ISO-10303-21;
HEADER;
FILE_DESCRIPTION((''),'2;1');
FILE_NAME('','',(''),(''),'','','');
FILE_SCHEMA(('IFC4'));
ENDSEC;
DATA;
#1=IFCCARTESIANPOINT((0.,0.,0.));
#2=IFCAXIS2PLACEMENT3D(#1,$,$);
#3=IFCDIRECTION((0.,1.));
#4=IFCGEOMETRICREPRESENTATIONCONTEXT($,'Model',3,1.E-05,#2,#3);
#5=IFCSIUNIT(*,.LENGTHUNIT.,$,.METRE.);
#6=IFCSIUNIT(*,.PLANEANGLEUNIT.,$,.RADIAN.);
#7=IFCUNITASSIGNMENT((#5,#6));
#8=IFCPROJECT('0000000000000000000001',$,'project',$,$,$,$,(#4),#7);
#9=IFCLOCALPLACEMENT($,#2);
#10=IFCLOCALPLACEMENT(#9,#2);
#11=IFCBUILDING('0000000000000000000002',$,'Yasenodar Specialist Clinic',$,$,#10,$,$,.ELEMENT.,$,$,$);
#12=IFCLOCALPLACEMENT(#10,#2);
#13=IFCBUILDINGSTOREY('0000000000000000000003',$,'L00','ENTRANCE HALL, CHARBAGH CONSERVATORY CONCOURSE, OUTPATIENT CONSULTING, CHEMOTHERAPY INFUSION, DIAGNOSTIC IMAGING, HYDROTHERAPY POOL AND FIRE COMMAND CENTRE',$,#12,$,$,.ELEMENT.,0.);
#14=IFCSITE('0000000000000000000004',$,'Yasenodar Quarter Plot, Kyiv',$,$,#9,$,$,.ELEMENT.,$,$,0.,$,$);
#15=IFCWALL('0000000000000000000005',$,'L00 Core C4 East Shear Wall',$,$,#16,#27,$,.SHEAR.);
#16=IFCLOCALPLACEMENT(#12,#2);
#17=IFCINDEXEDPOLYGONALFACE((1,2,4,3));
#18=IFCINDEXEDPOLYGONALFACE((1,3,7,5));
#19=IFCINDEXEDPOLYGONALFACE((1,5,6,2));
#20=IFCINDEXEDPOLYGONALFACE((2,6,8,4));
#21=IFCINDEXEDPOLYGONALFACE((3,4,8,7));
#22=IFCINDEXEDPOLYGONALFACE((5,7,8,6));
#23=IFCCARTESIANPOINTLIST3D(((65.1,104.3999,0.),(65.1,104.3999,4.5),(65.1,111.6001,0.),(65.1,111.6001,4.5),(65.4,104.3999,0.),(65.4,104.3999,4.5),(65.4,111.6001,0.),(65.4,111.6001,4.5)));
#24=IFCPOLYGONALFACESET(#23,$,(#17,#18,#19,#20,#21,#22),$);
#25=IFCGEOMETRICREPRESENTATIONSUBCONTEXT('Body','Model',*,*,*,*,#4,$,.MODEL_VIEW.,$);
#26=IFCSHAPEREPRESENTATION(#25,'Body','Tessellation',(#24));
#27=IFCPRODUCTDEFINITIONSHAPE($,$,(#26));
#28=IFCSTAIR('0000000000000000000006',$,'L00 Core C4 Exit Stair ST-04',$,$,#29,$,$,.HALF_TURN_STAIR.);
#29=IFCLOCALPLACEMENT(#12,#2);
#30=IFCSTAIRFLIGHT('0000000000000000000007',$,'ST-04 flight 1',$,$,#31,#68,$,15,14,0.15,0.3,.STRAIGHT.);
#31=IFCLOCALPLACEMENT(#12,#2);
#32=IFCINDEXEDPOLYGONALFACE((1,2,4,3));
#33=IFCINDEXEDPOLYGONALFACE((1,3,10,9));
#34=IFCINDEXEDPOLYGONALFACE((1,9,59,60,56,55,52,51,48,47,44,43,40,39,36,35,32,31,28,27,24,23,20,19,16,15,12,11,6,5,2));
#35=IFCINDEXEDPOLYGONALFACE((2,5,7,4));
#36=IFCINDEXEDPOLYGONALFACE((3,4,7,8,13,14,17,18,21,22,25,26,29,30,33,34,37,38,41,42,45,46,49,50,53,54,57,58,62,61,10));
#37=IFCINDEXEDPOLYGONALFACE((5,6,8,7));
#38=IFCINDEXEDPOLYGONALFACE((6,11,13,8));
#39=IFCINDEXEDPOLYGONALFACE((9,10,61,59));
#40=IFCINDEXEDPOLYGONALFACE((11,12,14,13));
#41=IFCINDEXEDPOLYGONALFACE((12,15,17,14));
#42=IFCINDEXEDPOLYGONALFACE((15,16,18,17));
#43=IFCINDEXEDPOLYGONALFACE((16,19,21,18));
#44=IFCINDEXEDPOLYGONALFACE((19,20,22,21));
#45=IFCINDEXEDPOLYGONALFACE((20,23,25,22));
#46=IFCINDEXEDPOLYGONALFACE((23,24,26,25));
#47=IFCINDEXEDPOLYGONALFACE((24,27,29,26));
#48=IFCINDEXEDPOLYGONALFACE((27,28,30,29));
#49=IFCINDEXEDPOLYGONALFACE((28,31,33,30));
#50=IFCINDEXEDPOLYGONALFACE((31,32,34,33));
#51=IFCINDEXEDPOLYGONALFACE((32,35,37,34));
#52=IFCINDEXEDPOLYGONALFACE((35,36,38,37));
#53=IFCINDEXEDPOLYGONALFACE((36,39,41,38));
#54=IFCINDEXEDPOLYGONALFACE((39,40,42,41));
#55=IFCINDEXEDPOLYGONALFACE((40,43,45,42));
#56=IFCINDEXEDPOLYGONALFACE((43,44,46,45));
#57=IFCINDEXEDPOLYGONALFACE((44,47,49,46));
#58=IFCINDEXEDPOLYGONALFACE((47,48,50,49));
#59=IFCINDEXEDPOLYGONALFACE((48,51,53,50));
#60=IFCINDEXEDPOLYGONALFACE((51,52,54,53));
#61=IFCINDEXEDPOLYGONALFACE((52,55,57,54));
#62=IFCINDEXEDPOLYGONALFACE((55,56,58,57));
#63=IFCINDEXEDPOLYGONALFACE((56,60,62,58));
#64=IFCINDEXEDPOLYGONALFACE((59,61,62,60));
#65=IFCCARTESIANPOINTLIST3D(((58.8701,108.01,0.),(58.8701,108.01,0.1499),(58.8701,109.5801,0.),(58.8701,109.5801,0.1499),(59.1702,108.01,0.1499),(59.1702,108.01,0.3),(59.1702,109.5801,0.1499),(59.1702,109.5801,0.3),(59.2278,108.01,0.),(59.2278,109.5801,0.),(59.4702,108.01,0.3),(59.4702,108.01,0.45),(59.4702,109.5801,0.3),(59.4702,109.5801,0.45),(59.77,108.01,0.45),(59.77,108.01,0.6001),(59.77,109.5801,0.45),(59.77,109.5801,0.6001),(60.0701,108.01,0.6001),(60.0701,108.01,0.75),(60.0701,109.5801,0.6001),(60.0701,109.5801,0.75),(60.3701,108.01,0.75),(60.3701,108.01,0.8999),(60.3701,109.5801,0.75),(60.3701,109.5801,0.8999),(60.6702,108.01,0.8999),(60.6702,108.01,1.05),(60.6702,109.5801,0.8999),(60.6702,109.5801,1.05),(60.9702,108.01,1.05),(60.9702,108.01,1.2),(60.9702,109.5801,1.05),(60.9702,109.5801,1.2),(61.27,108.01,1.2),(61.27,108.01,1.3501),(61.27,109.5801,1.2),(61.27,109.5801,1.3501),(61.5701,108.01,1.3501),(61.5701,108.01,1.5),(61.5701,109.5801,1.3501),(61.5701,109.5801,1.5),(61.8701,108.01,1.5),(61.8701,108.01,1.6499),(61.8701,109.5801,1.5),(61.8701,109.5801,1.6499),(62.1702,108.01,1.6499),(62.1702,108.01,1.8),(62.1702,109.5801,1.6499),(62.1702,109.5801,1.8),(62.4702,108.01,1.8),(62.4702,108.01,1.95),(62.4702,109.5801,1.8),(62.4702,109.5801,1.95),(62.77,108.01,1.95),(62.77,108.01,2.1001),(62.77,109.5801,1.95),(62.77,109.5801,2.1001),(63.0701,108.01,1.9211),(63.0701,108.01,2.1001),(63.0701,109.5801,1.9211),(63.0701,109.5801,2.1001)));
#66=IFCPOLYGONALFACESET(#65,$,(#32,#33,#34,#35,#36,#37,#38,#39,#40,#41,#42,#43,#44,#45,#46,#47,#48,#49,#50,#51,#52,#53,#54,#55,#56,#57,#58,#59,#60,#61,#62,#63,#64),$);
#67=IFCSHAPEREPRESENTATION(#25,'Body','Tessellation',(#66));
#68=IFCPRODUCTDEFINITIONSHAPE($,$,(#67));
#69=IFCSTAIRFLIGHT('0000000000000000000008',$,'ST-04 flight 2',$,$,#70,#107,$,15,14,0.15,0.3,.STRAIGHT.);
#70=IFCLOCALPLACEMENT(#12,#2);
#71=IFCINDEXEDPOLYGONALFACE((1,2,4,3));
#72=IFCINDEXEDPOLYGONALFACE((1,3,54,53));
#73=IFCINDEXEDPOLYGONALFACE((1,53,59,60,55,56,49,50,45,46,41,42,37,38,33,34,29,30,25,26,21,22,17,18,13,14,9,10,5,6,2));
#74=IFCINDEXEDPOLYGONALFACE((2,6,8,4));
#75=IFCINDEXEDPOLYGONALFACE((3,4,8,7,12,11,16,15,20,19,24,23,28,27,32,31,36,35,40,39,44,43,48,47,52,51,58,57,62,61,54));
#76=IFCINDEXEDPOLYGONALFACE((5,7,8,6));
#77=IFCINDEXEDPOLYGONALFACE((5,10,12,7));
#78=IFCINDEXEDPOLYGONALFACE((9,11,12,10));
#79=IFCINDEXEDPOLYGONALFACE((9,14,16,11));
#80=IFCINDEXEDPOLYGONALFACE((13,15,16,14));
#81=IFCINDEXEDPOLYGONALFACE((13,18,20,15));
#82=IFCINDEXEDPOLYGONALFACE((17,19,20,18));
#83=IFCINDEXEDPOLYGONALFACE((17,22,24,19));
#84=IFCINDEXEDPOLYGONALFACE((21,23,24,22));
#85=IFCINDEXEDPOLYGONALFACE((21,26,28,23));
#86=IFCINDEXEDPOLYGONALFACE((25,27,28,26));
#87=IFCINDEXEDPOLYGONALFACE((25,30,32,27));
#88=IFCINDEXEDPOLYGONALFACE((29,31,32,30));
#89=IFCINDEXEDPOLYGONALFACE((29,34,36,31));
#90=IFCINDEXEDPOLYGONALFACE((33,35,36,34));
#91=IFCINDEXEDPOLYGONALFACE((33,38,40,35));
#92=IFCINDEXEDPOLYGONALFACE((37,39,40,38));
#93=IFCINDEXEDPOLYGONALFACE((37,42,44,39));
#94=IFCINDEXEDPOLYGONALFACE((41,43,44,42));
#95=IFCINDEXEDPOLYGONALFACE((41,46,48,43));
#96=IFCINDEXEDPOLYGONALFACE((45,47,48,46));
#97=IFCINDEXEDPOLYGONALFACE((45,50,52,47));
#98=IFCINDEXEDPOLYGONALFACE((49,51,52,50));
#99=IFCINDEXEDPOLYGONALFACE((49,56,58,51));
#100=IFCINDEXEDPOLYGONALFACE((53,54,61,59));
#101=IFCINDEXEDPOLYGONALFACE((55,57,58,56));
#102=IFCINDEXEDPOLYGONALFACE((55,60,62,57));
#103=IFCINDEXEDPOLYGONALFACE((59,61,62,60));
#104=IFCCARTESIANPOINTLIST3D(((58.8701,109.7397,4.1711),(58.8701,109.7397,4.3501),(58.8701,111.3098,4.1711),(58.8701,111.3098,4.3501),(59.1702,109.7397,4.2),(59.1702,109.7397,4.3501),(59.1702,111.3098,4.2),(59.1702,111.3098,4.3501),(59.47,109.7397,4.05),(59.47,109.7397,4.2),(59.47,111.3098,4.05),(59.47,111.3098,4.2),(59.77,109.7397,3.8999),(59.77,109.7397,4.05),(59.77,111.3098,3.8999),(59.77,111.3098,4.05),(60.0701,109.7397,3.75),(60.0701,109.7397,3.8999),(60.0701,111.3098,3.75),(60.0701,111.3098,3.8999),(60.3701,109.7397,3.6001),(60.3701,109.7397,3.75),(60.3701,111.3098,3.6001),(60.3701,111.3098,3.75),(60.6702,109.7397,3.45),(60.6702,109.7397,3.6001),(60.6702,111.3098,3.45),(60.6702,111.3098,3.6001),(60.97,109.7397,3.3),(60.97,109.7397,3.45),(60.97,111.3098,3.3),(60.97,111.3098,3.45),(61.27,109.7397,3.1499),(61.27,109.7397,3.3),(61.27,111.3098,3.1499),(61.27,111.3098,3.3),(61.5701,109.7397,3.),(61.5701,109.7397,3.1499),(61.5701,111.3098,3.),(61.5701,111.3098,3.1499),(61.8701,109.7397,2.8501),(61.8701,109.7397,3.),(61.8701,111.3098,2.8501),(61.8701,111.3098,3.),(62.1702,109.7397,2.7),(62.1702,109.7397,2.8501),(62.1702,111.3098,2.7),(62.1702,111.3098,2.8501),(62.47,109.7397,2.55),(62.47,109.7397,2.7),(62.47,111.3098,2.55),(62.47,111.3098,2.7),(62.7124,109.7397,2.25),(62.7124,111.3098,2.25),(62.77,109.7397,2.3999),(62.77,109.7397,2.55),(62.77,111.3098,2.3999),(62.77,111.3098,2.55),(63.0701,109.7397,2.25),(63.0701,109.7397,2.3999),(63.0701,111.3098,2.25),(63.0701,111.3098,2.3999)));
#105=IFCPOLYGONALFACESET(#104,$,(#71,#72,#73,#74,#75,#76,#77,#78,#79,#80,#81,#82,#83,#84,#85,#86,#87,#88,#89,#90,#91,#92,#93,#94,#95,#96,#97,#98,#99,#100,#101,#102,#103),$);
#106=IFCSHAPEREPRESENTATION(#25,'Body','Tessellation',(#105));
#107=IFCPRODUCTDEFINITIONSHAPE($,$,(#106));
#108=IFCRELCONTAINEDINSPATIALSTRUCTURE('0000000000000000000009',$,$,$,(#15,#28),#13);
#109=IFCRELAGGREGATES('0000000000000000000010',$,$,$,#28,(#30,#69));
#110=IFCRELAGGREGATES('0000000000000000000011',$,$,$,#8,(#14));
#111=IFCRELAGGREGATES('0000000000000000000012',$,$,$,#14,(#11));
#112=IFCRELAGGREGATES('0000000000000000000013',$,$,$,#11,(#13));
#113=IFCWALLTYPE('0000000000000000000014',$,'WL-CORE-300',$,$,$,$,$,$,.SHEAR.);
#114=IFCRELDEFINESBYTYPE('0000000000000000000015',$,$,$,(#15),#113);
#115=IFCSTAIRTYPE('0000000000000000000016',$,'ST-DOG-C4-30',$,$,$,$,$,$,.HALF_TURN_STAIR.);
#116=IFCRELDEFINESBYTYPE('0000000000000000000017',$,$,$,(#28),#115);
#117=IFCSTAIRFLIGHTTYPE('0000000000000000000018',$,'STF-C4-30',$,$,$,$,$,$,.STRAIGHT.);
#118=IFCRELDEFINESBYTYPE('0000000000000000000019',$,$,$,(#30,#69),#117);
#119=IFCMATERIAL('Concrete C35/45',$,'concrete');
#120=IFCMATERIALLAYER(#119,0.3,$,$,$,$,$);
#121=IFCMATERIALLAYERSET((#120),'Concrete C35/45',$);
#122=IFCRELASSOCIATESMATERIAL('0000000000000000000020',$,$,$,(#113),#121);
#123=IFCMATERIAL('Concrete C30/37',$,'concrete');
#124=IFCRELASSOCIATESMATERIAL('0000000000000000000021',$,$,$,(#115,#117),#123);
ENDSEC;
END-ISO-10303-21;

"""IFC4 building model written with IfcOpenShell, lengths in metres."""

from ifc_helpers import new_model, si_unit, direction, frame, frame_2d, origin, place, context, subcontext, project, spatial, polyline, rectangle, outline, extrude, material, layer, layer_set, type_object, element, aggregate, save


model = new_model("IFC4")

# Units and contexts
model_context = context("Model", 3, precision=1e-05, world=origin(), true_north=direction((0.0, 1.0)))
body_context = subcontext(model_context, "Body", "Model", "MODEL_VIEW")
ifc_project = project(units=[si_unit("LENGTHUNIT", "METRE"), si_unit("PLANEANGLEUNIT", "RADIAN")], contexts=[model_context])

# Site, building, storey
site_placement = place(None, origin())
site = spatial("IfcSite", under=ifc_project, at=site_placement, Name="Yasenodar Quarter Plot, Kyiv", CompositionType="ELEMENT", RefElevation=0.0)
building_placement = place(site_placement, origin())
building = spatial("IfcBuilding", under=site, at=building_placement, Name="Yasenodar Specialist Clinic", CompositionType="ELEMENT")
storey_placement = place(building_placement, origin())
storey = spatial("IfcBuildingStorey", under=building, at=storey_placement, Name="L00", Description="ENTRANCE HALL, CHARBAGH CONSERVATORY CONCOURSE, OUTPATIENT CONSULTING, CHEMOTHERAPY INFUSION, DIAGNOSTIC IMAGING, HYDROTHERAPY POOL AND FIRE COMMAND CENTRE", CompositionType="ELEMENT", Elevation=0.0)

# Shared definitions
ifc_material_1 = material(Name="Concrete C35/45", Category="concrete")
ifc_layer_1 = layer(ifc_material_1, 0.3)
ifc_layer_set_1 = layer_set([ifc_layer_1], Name="Concrete C35/45")
wall_type_1 = type_object("IfcWallType", Name="WL-CORE-300", PredefinedType="SHEAR", material=ifc_layer_set_1)

# Wall
wall_1_placement = place(storey_placement, frame((65.25, 104.3999, 0.0), z_axis=(0.0, 0.0, 1.0), x_axis=(0.0, 1.0, 0.0)))
element("IfcWall", 1, at=wall_1_placement, inside=storey, type_object=wall_type_1, Name="L00 Core C4 East Shear Wall", PredefinedType="SHEAR", context=body_context, shape_type="SweptSolid", body=[
    extrude(rectangle(XDim=7.2002, YDim=0.3, at=frame_2d((3.6001, 0.0))), origin(), (0.0, 0.0, 1.0), 4.5),
])

# Stair, stair flights
ifc_material_2 = material(Name="Concrete C30/37", Category="concrete")
stair_type = type_object("IfcStairType", Name="ST-DOG-C4-30", PredefinedType="HALF_TURN_STAIR", material=ifc_material_2)
stair_placement = place(storey_placement, origin())
stair = element("IfcStair", 2, at=stair_placement, inside=storey, type_object=stair_type, Name="L00 Core C4 Exit Stair ST-04", PredefinedType="HALF_TURN_STAIR")
stair_flight_type = type_object("IfcStairFlightType", Name="STF-C4-30", PredefinedType="STRAIGHT", material=ifc_material_2)
stair_flight_1_placement = place(storey_placement, frame((58.8701, 108.7949, 0.0), z_axis=(0.0, 0.0, 1.0), x_axis=(1.0, 0.0, 0.0)))
stair_flight_1 = element("IfcStairFlight", 3, at=stair_flight_1_placement, type_object=stair_flight_type, Name="ST-04 flight 1", NumberOfRisers=15, NumberOfTreads=14, PredefinedType="STRAIGHT", RiserHeight=0.15, TreadLength=0.3, context=body_context, shape_type="SweptSolid", body=[
    extrude(outline(polyline([(0.0, 0.0), (0.0, 0.1499), (0.3, 0.1499), (0.3, 0.3), (0.6001, 0.3), (0.6001, 0.45), (0.8999, 0.45), (0.8999, 0.6001), (1.2, 0.6001), (1.2, 0.75), (1.5, 0.75), (1.5, 0.8999), (1.8, 0.8999), (1.8, 1.05), (2.1001, 1.05), (2.1001, 1.2), (2.3999, 1.2), (2.3999, 1.3501), (2.7, 1.3501), (2.7, 1.5), (3.0, 1.5), (3.0, 1.6499), (3.3, 1.6499), (3.3, 1.8), (3.6001, 1.8), (3.6001, 1.95), (3.8999, 1.95), (3.8999, 2.1001), (4.2, 2.1001), (4.2, 2.25), (4.2, 1.9211), (0.3577, 0.0), (0.0, 0.0)])), frame((0.0, 0.7852, 0.0), z_axis=(0.0, -1.0, 0.0), x_axis=(1.0, 0.0, 0.0)), (0.0, 0.0, 1.0), 1.5701),
])
stair_flight_2_placement = place(storey_placement, frame((63.0701, 110.5249, 2.25), z_axis=(0.0, 0.0, 1.0), x_axis=(-1.0, 0.0, 0.0)))
stair_flight_2 = element("IfcStairFlight", 4, at=stair_flight_2_placement, type_object=stair_flight_type, Name="ST-04 flight 2", NumberOfRisers=15, NumberOfTreads=14, PredefinedType="STRAIGHT", RiserHeight=0.15, TreadLength=0.3, context=body_context, shape_type="SweptSolid", body=[
    extrude(outline(polyline([(0.0, 0.0), (0.0, 0.1499), (0.3, 0.1499), (0.3, 0.3), (0.6001, 0.3), (0.6001, 0.45), (0.8999, 0.45), (0.8999, 0.6001), (1.2, 0.6001), (1.2, 0.75), (1.5, 0.75), (1.5, 0.8999), (1.8, 0.8999), (1.8, 1.05), (2.1001, 1.05), (2.1001, 1.2), (2.3999, 1.2), (2.3999, 1.3501), (2.7, 1.3501), (2.7, 1.5), (3.0, 1.5), (3.0, 1.6499), (3.3, 1.6499), (3.3, 1.8), (3.6001, 1.8), (3.6001, 1.95), (3.8999, 1.95), (3.8999, 2.1001), (4.2, 2.1001), (4.2, 2.25), (4.2, 1.9211), (0.3577, 0.0), (0.0, 0.0)])), frame((0.0, 0.7852, 0.0), z_axis=(0.0, -1.0, 0.0), x_axis=(1.0, 0.0, 0.0)), (0.0, 0.0, 1.0), 1.5701),
])
aggregate(stair, [stair_flight_1, stair_flight_2])

save(model, "model.ifc")
